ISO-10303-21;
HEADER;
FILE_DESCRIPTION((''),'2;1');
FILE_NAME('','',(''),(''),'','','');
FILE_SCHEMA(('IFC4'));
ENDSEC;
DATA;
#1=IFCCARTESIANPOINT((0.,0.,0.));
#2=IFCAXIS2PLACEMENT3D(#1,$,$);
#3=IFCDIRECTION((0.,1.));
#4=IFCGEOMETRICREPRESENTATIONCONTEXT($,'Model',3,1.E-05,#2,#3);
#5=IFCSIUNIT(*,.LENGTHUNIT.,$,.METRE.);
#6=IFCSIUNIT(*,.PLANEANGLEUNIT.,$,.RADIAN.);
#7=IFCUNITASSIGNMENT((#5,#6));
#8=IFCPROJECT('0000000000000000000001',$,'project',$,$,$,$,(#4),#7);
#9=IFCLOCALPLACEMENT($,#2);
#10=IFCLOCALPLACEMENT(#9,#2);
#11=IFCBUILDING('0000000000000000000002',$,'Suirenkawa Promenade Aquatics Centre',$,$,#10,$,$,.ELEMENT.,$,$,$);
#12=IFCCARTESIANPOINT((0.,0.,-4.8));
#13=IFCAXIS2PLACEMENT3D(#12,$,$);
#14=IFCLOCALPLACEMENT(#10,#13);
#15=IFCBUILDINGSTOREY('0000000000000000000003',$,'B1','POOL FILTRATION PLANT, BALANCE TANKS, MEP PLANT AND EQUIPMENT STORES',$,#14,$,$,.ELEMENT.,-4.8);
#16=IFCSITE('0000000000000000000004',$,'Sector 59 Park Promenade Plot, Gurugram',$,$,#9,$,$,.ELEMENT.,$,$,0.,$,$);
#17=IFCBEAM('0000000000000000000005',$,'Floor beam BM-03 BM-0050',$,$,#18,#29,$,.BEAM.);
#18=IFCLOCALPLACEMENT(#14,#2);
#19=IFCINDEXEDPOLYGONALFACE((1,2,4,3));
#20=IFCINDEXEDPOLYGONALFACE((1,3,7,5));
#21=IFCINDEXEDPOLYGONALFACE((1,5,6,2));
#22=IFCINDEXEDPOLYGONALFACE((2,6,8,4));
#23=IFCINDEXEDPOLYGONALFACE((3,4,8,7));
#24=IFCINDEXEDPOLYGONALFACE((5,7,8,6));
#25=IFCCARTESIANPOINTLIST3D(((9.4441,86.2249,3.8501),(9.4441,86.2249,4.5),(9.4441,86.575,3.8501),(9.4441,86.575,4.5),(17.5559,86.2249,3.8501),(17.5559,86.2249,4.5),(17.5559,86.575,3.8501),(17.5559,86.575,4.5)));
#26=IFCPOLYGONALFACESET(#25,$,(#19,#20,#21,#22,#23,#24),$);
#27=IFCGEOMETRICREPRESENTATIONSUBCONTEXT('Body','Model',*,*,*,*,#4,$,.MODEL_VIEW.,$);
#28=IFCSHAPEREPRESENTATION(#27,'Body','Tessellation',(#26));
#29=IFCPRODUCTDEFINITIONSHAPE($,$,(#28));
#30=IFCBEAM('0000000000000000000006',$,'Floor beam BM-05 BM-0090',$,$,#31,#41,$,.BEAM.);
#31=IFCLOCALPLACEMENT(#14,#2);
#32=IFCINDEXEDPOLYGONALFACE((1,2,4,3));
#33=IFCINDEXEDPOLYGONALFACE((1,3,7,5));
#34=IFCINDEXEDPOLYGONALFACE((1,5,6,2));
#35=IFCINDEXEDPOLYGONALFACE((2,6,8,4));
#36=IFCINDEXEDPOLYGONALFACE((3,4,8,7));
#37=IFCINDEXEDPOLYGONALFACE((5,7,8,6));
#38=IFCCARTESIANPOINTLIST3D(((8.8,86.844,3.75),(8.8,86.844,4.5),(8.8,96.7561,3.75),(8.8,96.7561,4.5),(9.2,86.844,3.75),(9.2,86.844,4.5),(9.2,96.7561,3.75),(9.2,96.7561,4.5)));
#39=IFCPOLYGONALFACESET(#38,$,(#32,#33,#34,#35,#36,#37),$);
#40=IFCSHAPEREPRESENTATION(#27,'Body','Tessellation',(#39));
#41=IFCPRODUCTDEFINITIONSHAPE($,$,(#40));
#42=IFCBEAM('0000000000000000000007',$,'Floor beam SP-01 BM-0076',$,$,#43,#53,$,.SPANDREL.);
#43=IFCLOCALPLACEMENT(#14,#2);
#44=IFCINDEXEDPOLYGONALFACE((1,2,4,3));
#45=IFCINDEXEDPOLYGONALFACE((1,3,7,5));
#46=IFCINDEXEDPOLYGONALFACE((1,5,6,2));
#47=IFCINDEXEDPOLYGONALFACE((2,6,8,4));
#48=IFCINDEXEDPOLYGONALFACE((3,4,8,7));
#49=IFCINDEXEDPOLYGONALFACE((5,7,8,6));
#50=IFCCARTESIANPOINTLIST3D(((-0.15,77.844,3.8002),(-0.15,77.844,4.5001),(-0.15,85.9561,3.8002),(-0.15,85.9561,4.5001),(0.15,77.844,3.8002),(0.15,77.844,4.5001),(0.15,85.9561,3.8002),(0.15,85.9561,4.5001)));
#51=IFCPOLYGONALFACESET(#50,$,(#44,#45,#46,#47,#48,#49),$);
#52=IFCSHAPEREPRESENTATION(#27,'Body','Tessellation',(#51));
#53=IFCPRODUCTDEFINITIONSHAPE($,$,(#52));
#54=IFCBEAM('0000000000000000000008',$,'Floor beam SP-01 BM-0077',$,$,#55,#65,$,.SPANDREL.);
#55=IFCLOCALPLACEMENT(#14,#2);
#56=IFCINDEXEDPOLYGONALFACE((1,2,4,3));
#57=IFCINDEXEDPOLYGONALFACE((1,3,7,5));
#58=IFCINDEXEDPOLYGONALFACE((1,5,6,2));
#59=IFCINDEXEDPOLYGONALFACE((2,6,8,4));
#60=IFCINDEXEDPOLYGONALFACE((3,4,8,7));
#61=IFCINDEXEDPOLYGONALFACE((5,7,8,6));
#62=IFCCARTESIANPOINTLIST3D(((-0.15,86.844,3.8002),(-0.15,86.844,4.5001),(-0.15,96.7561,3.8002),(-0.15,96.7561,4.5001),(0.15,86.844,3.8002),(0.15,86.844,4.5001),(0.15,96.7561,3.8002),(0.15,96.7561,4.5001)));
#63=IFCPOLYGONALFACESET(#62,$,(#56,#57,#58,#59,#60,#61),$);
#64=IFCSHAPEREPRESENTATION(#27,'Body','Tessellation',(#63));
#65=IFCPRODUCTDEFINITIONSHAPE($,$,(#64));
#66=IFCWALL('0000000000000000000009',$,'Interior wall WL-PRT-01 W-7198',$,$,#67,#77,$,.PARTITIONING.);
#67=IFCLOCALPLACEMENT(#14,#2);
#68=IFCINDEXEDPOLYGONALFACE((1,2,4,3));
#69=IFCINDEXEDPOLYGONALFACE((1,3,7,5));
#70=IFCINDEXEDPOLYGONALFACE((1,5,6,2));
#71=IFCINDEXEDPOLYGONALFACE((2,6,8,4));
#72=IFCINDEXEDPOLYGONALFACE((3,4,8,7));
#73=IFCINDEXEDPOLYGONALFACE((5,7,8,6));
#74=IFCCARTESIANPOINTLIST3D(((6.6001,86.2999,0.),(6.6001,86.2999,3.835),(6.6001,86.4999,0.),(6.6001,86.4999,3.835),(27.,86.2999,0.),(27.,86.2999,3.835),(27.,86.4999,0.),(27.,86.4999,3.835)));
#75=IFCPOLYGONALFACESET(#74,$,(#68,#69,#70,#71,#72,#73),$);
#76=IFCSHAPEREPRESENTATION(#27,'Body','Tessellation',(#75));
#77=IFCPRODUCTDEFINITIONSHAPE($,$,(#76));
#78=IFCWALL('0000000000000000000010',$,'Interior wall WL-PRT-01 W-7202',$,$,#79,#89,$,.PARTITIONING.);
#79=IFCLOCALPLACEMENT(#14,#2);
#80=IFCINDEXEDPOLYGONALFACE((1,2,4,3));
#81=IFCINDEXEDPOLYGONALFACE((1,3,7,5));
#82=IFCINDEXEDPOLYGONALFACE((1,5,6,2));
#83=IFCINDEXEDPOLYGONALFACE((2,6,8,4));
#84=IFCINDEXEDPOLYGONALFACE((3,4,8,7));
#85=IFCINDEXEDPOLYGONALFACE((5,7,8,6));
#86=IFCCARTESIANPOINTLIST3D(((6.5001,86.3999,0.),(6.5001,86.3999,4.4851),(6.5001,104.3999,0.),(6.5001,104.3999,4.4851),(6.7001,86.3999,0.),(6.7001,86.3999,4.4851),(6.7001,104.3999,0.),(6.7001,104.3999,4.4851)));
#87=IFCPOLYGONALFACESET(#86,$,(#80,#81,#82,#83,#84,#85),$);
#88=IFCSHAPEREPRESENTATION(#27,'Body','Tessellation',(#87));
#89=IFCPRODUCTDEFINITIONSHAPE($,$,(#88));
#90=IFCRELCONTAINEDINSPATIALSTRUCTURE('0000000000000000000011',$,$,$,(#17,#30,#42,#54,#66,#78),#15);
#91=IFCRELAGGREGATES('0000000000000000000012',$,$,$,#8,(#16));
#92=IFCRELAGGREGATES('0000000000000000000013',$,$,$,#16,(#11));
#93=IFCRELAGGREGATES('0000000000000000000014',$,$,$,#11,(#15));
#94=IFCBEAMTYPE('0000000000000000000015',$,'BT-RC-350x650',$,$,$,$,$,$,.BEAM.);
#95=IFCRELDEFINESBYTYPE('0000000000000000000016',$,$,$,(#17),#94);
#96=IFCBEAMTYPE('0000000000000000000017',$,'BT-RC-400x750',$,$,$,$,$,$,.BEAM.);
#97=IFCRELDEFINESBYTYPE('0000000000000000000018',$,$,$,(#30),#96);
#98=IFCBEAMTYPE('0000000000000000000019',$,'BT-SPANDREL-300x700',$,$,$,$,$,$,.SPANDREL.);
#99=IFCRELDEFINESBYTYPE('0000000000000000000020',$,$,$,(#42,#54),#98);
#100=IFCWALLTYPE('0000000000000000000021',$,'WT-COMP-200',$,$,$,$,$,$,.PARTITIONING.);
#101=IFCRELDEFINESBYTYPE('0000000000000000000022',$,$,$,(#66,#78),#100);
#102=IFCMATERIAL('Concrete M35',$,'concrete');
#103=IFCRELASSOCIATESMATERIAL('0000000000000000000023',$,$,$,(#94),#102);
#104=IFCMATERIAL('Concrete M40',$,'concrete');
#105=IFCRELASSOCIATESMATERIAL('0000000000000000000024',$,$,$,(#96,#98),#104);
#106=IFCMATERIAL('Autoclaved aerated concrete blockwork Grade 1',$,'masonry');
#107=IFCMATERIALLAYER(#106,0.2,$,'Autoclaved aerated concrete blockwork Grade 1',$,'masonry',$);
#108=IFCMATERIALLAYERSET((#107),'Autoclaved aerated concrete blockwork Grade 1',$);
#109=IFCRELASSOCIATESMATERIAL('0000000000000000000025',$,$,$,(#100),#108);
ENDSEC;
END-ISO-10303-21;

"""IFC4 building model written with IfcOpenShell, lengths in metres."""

from ifc_helpers import new_model, si_unit, direction, frame, frame_2d, origin, origin_2d, place, context, subcontext, project, spatial, rectangle, extrude, material, layer, layer_set, material_profile, profile_set, type_object, element, save


model = new_model("IFC4")

# Units and contexts
model_context = context("Model", 3, precision=1e-05, world=origin(), true_north=direction((0.0, 1.0)))
body_context = subcontext(model_context, "Body", "Model", "MODEL_VIEW")
ifc_project = project(units=[si_unit("LENGTHUNIT", "METRE"), si_unit("PLANEANGLEUNIT", "RADIAN")], contexts=[model_context])

# Site, building, storey
site_placement = place(None, origin())
site = spatial("IfcSite", under=ifc_project, at=site_placement, Name="Sector 59 Park Promenade Plot, Gurugram", CompositionType="ELEMENT", RefElevation=0.0)
building_placement = place(site_placement, origin())
building = spatial("IfcBuilding", under=site, at=building_placement, Name="Suirenkawa Promenade Aquatics Centre", CompositionType="ELEMENT")
storey_placement = place(building_placement, frame((0.0, 0.0, -4.8)))
storey = spatial("IfcBuildingStorey", under=building, at=storey_placement, Name="B1", Description="POOL FILTRATION PLANT, BALANCE TANKS, MEP PLANT AND EQUIPMENT STORES", CompositionType="ELEMENT", Elevation=-4.8)

# Shared definitions
ifc_material_1 = material(Name="Concrete M35", Category="concrete")

# Shared definitions
ifc_material_2 = material(Name="Concrete M40", Category="concrete")

# Beams
ifc_material_profile_1 = material_profile(ifc_material_1, rectangle(XDim=0.3501, YDim=0.6499, at=origin_2d()), Name="RC BM 350x650", Category="concrete")
ifc_profile_set_1 = profile_set([ifc_material_profile_1], Name="Concrete M35")
beam_type_1 = type_object("IfcBeamType", Name="BT-RC-350x650", PredefinedType="BEAM", material=ifc_profile_set_1)
for number, where, z_axis, x_axis, name in (
    (1, (9.4441, 86.3999, 4.175), (1.0, 0.0, 0.0), (0.0, 1.0, 0.0), "Floor beam BM-03 BM-0050"),
):
    element("IfcBeam", number, at=place(storey_placement, frame(where, z_axis=z_axis, x_axis=x_axis)), inside=storey, type_object=beam_type_1, Name=name, PredefinedType="BEAM", context=body_context, shape_type="SweptSolid", body=[
        extrude(rectangle(XDim=0.3501, YDim=0.6499, at=origin_2d()), origin(), (0.0, 0.0, 1.0), 8.1118),
    ])
ifc_material_profile_2 = material_profile(ifc_material_2, rectangle(XDim=0.3999, YDim=0.75, at=origin_2d()), Name="RC BM 400x750", Category="concrete")
ifc_profile_set_2 = profile_set([ifc_material_profile_2], Name="Concrete M40")
beam_type_2 = type_object("IfcBeamType", Name="BT-RC-400x750", PredefinedType="BEAM", material=ifc_profile_set_2)
beam_1_placement = place(storey_placement, frame((9.0, 86.844, 4.125), z_axis=(0.0, 1.0, 0.0), x_axis=(-1.0, 0.0, 0.0)))
element("IfcBeam", 2, at=beam_1_placement, inside=storey, type_object=beam_type_2, Name="Floor beam BM-05 BM-0090", PredefinedType="BEAM", context=body_context, shape_type="SweptSolid", body=[
    extrude(rectangle(XDim=0.3999, YDim=0.75, at=origin_2d()), origin(), (0.0, 0.0, 1.0), 9.9121),
])
ifc_material_profile_3 = material_profile(ifc_material_2, rectangle(XDim=0.3, YDim=0.7, at=origin_2d()), Name="RC SPANDREL 300x700", Category="concrete")
ifc_profile_set_3 = profile_set([ifc_material_profile_3], Name="Concrete M40")
beam_type_3 = type_object("IfcBeamType", Name="BT-SPANDREL-300x700", PredefinedType="SPANDREL", material=ifc_profile_set_3)
beam_2_placement = place(storey_placement, frame((0.0, 77.844, 4.1501), z_axis=(0.0, 1.0, 0.0), x_axis=(-1.0, 0.0, 0.0)))
element("IfcBeam", 3, at=beam_2_placement, inside=storey, type_object=beam_type_3, Name="Floor beam SP-01 BM-0076", PredefinedType="SPANDREL", context=body_context, shape_type="SweptSolid", body=[
    extrude(rectangle(XDim=0.3, YDim=0.7, at=origin_2d()), origin(), (0.0, 0.0, 1.0), 8.1121),
])
beam_3_placement = place(storey_placement, frame((0.0, 86.844, 4.1501), z_axis=(0.0, 1.0, 0.0), x_axis=(-1.0, 0.0, 0.0)))
element("IfcBeam", 4, at=beam_3_placement, inside=storey, type_object=beam_type_3, Name="Floor beam SP-01 BM-0077", PredefinedType="SPANDREL", context=body_context, shape_type="SweptSolid", body=[
    extrude(rectangle(XDim=0.3, YDim=0.7, at=origin_2d()), origin(), (0.0, 0.0, 1.0), 9.9121),
])

# Walls
ifc_material_3 = material(Name="Autoclaved aerated concrete blockwork Grade 1", Category="masonry")
ifc_layer = layer(ifc_material_3, 0.2, Name="Autoclaved aerated concrete blockwork Grade 1", Category="masonry")
ifc_layer_set = layer_set([ifc_layer], Name="Autoclaved aerated concrete blockwork Grade 1")
wall_type = type_object("IfcWallType", Name="WT-COMP-200", PredefinedType="PARTITIONING", material=ifc_layer_set)
wall_1_placement = place(storey_placement, frame((6.6001, 86.3999, 0.0), z_axis=(0.0, 0.0, 1.0), x_axis=(1.0, 0.0, 0.0)))
element("IfcWall", 5, at=wall_1_placement, inside=storey, type_object=wall_type, Name="Interior wall WL-PRT-01 W-7198", PredefinedType="PARTITIONING", context=body_context, shape_type="SweptSolid", body=[
    extrude(rectangle(XDim=20.3999, YDim=0.2, at=frame_2d((10.2, 0.0))), origin(), (0.0, 0.0, 1.0), 3.835),
])
wall_2_placement = place(storey_placement, frame((6.6001, 86.3999, 0.0), z_axis=(0.0, 0.0, 1.0), x_axis=(0.0, 1.0, 0.0)))
element("IfcWall", 6, at=wall_2_placement, inside=storey, type_object=wall_type, Name="Interior wall WL-PRT-01 W-7202", PredefinedType="PARTITIONING", context=body_context, shape_type="SweptSolid", body=[
    extrude(rectangle(XDim=18.0, YDim=0.2, at=frame_2d((9.0, 0.0))), origin(), (0.0, 0.0, 1.0), 4.4851),
])

save(model, "model.ifc")
